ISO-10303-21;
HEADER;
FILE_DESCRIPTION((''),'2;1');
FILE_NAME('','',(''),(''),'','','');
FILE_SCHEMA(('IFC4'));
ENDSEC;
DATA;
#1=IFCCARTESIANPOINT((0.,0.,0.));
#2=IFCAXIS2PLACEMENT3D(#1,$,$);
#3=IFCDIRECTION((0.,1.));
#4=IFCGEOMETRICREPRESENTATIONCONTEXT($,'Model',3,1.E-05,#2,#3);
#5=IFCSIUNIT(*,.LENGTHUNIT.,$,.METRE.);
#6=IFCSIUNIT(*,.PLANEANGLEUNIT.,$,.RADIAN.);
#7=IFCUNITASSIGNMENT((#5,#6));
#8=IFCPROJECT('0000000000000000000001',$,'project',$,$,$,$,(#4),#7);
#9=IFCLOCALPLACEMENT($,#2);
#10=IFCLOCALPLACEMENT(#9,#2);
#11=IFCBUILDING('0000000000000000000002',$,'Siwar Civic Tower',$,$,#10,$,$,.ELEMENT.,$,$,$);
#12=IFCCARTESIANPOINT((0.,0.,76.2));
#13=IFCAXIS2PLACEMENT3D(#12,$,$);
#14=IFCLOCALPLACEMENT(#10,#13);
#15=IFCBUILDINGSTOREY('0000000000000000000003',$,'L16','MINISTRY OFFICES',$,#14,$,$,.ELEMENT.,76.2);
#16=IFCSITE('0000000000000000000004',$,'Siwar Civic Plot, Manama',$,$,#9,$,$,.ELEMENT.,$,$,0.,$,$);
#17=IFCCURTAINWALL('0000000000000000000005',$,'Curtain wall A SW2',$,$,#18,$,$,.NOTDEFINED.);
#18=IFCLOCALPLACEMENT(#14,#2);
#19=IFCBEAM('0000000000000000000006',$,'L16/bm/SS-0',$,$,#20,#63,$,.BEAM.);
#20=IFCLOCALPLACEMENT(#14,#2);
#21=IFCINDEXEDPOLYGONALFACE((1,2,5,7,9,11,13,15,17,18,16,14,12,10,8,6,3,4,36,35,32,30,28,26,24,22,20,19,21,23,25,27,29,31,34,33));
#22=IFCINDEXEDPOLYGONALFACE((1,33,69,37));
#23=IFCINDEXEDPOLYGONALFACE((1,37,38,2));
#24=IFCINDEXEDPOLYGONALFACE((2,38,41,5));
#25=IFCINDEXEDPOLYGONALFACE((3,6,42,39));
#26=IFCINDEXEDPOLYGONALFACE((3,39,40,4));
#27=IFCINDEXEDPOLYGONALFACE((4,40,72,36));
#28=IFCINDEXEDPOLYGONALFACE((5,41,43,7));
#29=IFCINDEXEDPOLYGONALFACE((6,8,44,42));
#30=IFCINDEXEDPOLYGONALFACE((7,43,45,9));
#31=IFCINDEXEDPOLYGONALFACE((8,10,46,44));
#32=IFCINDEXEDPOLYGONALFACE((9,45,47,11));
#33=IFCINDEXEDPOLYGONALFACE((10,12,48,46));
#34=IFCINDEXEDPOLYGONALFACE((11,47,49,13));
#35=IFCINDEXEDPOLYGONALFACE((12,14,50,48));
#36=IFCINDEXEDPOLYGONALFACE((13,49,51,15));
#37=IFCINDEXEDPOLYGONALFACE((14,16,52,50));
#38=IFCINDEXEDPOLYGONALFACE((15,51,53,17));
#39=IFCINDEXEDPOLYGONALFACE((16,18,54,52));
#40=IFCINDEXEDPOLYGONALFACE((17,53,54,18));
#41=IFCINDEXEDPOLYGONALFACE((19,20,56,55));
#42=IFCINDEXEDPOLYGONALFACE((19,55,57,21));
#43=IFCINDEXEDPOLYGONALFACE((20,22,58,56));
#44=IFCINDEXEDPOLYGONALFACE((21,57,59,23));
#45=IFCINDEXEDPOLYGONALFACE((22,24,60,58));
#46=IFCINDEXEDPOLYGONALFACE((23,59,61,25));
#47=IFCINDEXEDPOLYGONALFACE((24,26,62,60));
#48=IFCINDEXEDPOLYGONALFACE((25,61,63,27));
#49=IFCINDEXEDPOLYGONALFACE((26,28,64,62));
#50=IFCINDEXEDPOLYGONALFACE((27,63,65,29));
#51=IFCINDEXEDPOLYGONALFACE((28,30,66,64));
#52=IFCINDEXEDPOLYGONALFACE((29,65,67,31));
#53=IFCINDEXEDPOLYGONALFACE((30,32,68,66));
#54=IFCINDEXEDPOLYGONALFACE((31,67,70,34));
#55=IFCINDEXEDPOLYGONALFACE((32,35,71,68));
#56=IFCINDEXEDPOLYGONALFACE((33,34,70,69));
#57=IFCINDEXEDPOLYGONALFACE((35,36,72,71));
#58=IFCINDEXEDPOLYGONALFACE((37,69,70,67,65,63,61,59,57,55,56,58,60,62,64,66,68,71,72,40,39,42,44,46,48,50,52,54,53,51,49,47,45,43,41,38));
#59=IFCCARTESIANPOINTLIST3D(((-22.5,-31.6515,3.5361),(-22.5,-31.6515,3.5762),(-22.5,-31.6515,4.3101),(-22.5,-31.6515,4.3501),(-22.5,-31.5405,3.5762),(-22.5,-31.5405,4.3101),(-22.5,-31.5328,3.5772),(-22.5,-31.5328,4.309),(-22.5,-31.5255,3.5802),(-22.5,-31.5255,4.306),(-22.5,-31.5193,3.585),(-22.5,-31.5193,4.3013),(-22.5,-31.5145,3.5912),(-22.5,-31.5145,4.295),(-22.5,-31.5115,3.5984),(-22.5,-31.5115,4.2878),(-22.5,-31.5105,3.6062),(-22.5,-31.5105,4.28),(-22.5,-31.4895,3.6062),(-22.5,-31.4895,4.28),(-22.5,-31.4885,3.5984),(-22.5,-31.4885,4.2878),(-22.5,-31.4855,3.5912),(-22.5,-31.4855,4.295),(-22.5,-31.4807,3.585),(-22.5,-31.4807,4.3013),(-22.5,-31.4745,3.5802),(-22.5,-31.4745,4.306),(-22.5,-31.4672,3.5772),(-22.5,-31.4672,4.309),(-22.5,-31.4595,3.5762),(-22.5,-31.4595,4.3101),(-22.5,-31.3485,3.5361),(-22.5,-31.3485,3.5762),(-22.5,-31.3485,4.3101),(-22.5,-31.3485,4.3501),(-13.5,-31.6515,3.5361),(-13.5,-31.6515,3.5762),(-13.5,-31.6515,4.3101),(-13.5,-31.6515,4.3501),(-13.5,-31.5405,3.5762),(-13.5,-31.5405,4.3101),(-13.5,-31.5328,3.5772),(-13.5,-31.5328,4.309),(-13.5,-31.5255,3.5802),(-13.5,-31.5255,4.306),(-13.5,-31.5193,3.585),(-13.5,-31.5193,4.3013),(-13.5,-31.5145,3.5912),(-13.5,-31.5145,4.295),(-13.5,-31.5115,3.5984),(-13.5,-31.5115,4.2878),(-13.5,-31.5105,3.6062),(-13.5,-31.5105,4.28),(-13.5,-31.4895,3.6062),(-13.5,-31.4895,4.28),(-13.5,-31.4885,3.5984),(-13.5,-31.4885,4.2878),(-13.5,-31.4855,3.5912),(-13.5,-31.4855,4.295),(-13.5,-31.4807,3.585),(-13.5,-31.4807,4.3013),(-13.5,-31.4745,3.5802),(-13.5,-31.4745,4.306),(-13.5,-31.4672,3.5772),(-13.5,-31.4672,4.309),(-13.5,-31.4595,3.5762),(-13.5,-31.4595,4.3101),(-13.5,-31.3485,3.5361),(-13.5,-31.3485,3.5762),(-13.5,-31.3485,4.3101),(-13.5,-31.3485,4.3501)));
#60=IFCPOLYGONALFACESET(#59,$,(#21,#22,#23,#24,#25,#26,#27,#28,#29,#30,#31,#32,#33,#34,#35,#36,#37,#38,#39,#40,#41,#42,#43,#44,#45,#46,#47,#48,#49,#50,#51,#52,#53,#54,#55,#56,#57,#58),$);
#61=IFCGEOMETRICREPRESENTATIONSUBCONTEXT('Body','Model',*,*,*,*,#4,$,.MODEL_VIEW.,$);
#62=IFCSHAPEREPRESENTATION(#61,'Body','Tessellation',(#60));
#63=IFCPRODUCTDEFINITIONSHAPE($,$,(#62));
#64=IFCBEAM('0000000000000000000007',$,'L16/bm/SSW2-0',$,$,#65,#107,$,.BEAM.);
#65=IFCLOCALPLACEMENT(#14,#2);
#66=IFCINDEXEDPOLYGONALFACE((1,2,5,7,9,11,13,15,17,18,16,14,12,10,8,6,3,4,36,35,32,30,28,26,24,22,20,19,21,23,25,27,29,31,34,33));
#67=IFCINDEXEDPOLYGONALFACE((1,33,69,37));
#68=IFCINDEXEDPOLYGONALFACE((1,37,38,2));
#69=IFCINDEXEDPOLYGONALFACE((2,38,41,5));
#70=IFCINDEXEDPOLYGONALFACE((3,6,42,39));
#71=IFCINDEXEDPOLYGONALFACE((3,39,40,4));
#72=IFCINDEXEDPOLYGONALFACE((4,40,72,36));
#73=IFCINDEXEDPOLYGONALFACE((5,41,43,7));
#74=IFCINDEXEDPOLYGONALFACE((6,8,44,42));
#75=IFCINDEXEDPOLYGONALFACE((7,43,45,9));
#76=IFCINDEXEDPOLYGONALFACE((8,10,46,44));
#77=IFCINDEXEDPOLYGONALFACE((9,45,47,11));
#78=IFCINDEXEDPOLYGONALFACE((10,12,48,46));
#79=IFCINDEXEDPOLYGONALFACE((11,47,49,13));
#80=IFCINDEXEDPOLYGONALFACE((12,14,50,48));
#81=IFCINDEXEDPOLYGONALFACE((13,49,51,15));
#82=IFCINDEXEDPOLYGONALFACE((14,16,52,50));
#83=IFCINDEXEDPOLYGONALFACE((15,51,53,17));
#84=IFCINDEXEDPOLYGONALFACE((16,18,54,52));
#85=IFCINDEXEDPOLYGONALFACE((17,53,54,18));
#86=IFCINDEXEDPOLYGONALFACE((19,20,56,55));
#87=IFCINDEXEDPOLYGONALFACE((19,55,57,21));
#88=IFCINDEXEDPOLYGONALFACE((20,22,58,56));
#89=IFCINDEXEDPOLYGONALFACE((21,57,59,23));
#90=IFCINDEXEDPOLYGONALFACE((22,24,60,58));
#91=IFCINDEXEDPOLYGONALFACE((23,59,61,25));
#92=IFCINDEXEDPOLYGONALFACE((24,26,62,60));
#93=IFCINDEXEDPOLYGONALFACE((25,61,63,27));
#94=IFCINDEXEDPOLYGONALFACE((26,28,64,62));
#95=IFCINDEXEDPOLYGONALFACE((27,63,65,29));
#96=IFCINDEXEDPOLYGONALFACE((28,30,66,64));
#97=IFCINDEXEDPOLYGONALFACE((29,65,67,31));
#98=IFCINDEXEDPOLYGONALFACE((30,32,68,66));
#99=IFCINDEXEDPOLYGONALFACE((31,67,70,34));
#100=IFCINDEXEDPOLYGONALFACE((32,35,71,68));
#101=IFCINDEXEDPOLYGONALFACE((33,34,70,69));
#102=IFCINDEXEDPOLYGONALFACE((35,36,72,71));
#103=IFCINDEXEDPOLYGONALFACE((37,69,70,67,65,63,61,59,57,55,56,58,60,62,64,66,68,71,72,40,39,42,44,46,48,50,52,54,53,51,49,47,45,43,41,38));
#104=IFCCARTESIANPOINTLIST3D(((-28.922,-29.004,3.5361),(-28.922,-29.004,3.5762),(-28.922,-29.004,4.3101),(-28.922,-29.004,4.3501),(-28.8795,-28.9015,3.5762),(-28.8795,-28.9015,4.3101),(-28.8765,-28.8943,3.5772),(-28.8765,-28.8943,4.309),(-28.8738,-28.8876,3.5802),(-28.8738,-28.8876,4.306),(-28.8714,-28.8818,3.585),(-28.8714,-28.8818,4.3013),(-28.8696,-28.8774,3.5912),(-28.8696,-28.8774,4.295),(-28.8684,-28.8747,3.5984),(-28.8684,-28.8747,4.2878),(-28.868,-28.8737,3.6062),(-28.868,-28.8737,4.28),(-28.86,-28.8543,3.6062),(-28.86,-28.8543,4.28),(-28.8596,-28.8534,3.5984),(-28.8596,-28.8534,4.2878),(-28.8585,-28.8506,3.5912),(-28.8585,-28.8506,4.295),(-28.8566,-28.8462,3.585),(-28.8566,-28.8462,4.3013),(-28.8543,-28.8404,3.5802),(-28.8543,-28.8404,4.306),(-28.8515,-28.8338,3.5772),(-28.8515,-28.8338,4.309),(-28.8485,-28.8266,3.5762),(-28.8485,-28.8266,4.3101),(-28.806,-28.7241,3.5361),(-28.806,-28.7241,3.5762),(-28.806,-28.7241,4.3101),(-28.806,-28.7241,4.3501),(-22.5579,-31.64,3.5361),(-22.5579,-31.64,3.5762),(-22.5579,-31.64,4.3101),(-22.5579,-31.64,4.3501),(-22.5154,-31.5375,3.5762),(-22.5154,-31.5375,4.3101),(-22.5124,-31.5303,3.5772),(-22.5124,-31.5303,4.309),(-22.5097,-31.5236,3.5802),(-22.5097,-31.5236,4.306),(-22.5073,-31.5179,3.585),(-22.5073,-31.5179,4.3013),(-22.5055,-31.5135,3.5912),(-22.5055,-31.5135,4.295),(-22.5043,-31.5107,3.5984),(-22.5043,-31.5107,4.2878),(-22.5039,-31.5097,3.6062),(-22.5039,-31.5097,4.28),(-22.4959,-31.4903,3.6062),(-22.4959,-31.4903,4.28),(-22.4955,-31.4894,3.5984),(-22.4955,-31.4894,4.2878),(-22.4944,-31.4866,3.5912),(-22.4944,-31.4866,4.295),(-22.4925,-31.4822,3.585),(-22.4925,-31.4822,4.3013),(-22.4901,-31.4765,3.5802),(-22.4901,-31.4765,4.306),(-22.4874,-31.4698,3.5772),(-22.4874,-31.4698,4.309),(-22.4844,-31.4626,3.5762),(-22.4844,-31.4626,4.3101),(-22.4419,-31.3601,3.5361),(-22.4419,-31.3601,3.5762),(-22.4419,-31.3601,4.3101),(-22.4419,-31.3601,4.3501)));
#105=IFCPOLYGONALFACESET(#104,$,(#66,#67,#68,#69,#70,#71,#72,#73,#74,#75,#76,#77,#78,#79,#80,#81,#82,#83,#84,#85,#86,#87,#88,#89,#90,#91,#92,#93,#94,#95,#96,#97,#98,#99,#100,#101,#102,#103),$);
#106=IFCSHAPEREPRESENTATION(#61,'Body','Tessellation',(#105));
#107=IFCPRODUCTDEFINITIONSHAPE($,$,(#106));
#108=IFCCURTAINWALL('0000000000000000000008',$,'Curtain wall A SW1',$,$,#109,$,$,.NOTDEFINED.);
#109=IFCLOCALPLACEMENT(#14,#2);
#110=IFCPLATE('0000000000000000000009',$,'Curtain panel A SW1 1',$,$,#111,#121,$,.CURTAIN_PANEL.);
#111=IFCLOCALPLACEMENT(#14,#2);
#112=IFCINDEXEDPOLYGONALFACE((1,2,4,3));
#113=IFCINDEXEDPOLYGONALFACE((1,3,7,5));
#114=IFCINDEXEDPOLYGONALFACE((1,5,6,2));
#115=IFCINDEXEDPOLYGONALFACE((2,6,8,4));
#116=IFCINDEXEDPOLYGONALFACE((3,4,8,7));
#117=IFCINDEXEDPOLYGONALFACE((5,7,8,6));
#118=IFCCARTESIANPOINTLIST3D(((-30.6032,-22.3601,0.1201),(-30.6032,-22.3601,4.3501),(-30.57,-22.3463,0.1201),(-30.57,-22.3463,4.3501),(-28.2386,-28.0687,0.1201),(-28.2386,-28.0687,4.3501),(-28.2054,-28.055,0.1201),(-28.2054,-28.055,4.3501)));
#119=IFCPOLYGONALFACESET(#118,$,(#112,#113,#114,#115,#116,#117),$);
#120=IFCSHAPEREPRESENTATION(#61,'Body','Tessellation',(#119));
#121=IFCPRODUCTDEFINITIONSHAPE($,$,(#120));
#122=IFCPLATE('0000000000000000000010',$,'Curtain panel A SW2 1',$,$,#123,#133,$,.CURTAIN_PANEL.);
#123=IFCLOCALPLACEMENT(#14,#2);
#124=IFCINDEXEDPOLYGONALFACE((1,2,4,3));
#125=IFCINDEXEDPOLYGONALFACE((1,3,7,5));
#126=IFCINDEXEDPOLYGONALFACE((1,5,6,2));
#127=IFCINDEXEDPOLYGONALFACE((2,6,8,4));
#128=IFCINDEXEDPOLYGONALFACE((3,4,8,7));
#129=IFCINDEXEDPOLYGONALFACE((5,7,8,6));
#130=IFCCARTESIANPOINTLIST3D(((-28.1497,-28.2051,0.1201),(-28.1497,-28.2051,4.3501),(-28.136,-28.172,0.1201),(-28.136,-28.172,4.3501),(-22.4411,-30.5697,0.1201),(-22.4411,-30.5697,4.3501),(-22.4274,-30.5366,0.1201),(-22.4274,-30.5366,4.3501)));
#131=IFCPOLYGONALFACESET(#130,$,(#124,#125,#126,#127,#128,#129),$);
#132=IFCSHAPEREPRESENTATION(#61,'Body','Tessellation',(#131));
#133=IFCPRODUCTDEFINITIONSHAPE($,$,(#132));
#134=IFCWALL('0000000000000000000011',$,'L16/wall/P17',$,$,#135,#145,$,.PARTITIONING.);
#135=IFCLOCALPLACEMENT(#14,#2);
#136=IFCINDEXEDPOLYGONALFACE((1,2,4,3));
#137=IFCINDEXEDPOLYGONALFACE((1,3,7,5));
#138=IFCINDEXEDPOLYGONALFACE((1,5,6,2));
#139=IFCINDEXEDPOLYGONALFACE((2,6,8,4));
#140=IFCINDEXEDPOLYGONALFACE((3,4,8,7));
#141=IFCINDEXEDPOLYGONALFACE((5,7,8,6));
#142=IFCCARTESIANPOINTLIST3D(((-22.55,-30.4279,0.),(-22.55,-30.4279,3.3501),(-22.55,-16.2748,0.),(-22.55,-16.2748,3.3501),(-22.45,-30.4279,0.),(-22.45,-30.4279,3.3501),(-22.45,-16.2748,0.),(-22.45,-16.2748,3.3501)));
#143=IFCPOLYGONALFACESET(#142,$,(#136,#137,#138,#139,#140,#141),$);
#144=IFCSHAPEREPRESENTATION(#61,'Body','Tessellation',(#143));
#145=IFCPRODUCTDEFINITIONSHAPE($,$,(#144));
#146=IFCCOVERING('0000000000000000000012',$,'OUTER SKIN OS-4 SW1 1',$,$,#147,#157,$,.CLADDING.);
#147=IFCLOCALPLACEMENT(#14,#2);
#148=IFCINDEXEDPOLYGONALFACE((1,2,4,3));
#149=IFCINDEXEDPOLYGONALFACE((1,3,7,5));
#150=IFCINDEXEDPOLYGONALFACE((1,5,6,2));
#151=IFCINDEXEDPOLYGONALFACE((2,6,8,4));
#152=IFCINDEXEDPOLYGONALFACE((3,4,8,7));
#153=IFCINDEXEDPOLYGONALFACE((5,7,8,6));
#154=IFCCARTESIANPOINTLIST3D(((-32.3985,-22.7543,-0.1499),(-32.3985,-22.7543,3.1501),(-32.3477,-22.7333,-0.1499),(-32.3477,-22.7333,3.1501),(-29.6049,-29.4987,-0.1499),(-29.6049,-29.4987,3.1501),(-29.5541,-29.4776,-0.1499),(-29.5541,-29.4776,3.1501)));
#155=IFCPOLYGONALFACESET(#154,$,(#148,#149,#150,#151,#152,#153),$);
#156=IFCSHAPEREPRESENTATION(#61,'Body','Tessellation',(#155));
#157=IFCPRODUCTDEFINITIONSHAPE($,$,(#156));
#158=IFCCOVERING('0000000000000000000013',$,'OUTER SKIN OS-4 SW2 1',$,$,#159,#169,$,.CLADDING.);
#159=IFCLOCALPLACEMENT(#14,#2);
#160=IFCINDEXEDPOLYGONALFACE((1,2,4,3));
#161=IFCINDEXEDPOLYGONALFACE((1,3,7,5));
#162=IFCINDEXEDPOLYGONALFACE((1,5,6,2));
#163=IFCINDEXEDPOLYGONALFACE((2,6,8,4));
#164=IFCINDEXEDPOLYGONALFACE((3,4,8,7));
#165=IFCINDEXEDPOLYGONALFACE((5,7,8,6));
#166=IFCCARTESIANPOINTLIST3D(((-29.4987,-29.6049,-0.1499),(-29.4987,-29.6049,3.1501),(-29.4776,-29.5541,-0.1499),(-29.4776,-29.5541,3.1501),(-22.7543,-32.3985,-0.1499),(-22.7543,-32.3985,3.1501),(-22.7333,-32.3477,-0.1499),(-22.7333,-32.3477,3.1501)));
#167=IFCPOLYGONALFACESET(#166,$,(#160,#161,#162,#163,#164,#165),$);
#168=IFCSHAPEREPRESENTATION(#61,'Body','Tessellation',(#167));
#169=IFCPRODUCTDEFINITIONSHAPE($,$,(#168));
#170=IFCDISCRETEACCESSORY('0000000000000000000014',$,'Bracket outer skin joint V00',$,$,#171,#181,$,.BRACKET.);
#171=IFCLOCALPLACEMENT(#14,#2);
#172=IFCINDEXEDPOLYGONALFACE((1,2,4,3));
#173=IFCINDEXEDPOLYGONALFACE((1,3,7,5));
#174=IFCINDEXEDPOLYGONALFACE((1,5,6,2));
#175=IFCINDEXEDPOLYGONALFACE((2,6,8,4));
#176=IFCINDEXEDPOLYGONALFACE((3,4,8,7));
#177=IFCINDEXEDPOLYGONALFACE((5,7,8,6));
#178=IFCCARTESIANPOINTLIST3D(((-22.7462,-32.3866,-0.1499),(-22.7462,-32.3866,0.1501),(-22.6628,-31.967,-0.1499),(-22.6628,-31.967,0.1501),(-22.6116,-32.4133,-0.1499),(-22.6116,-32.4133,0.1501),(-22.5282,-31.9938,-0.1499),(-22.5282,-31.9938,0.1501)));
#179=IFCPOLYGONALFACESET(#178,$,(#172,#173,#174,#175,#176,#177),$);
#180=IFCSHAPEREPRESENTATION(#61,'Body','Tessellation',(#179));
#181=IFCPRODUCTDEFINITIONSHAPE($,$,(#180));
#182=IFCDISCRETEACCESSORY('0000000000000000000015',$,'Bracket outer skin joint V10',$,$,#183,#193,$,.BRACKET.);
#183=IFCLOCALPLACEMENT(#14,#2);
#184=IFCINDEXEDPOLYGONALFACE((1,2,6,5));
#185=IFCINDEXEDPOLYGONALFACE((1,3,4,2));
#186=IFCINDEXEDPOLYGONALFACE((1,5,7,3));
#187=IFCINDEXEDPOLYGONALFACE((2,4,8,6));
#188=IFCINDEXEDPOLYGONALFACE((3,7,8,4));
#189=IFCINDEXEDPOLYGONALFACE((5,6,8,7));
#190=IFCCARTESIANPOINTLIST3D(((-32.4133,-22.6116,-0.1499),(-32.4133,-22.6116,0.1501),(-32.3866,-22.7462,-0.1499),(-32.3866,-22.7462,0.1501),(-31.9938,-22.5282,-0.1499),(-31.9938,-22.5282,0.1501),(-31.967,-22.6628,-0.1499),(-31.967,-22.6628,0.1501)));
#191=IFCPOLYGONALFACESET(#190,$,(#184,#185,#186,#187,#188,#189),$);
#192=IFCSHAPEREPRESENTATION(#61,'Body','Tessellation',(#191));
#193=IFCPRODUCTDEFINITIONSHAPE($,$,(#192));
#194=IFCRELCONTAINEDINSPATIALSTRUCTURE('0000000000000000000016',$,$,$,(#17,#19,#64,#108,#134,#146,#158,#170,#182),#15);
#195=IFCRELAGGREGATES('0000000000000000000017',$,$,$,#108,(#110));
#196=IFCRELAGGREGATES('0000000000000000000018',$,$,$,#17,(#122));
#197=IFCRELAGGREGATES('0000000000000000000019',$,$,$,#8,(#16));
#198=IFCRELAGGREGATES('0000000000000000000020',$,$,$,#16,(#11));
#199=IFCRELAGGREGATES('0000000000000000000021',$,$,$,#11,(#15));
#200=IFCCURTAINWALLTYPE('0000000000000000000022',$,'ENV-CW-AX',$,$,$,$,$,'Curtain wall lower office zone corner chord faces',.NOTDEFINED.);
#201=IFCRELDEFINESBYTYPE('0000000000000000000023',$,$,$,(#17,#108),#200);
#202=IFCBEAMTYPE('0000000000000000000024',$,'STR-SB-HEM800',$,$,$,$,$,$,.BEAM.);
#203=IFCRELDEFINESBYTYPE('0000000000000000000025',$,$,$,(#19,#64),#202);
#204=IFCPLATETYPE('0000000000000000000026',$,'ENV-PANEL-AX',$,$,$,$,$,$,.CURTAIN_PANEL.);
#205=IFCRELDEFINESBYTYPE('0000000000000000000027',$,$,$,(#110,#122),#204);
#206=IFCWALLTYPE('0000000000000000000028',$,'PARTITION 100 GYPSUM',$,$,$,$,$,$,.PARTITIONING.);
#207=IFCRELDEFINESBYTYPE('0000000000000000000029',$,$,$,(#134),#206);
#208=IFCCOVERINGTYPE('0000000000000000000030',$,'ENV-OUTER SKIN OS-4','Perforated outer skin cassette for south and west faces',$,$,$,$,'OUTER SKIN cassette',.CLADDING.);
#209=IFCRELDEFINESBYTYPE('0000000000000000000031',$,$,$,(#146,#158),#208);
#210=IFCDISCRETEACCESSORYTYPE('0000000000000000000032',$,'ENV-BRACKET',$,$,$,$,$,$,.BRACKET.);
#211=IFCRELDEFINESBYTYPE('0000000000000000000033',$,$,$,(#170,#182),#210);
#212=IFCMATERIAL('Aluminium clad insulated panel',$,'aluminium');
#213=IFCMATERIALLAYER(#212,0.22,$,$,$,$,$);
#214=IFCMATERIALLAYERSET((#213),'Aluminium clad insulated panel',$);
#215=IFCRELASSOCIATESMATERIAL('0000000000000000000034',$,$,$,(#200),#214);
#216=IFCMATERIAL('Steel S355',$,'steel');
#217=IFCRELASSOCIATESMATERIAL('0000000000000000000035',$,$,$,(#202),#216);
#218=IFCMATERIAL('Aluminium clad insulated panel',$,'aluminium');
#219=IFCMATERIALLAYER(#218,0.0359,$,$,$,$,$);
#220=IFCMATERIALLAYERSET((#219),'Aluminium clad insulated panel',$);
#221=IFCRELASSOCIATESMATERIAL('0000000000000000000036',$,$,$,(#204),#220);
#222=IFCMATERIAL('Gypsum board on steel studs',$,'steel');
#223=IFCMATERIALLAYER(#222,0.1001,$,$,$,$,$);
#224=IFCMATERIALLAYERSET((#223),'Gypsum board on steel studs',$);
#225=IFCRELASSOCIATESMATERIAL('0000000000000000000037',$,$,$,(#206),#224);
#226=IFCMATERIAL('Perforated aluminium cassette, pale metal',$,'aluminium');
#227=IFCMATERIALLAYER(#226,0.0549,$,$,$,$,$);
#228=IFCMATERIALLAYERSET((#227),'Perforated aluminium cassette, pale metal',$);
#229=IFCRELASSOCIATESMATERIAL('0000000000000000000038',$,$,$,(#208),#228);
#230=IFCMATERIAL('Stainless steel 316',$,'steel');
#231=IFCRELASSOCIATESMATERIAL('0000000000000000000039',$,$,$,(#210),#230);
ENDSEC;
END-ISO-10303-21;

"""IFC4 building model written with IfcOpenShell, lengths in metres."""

from ifc_helpers import new_model, si_unit, direction, frame, frame_2d, origin, origin_2d, place, context, subcontext, project, spatial, rectangle, i_section, extrude, material, layer, layer_set, material_profile, profile_set, type_object, element, aggregate, save


model = new_model("IFC4")

# Units and contexts
model_context = context("Model", 3, precision=1e-05, world=origin(), true_north=direction((0.0, 1.0)))
body_context = subcontext(model_context, "Body", "Model", "MODEL_VIEW")
ifc_project = project(units=[si_unit("LENGTHUNIT", "METRE"), si_unit("PLANEANGLEUNIT", "RADIAN")], contexts=[model_context])

# Site, building, storey
site_placement = place(None, origin())
site = spatial("IfcSite", under=ifc_project, at=site_placement, Name="Siwar Civic Plot, Manama", CompositionType="ELEMENT", RefElevation=0.0)
building_placement = place(site_placement, origin())
building = spatial("IfcBuilding", under=site, at=building_placement, Name="Siwar Civic Tower", CompositionType="ELEMENT")
storey_placement = place(building_placement, frame((0.0, 0.0, 76.2)))
storey = spatial("IfcBuildingStorey", under=building, at=storey_placement, Name="L16", Description="MINISTRY OFFICES", CompositionType="ELEMENT", Elevation=76.2)

# Curtain wall
ifc_material_1 = material(Name="Aluminium clad insulated panel", Category="aluminium")
ifc_layer_1 = layer(ifc_material_1, 0.22)
ifc_layer_set_1 = layer_set([ifc_layer_1], Name="Aluminium clad insulated panel")
curtain_wall_type_1 = type_object("IfcCurtainWallType", Name="ENV-CW-AX", ElementType="Curtain wall lower office zone corner chord faces", PredefinedType="NOTDEFINED", material=ifc_layer_set_1)
curtain_wall_1_placement = place(storey_placement, origin())
curtain_wall_1 = element("IfcCurtainWall", 1, at=curtain_wall_1_placement, inside=storey, type_object=curtain_wall_type_1, Name="Curtain wall A SW2", PredefinedType="NOTDEFINED")

# Beams
ifc_material_2 = material(Name="Steel S355", Category="steel")
ifc_material_profile_1 = material_profile(ifc_material_2, i_section(OverallWidth=0.303, OverallDepth=0.814, WebThickness=0.021, FlangeThickness=0.04, FilletRadius=0.03, at=origin_2d()), Name="HEM800")
ifc_profile_set_1 = profile_set([ifc_material_profile_1], Name="Steel S355")
beam_type_1 = type_object("IfcBeamType", Name="STR-SB-HEM800", PredefinedType="BEAM", material=ifc_profile_set_1)
beam_1_placement = place(storey_placement, frame((-22.5, -31.5, 3.9431), z_axis=(1.0, 0.0, 0.0), x_axis=(0.0, 1.0, 0.0)))
element("IfcBeam", 2, at=beam_1_placement, inside=storey, type_object=beam_type_1, Name="L16/bm/SS-0", PredefinedType="BEAM", context=body_context, shape_type="SweptSolid", body=[
    extrude(i_section(OverallWidth=0.303, OverallDepth=0.814, WebThickness=0.021, FlangeThickness=0.04, FilletRadius=0.03, at=origin_2d()), origin(), (0.0, 0.0, 1.0), 9.0),
])
beam_2_placement = place(storey_placement, frame((-28.864, -28.864, 3.9431), z_axis=(0.923883, -0.382674, 0.0), x_axis=(0.382674, 0.923883, 0.0)))
element("IfcBeam", 3, at=beam_2_placement, inside=storey, type_object=beam_type_1, Name="L16/bm/SSW2-0", PredefinedType="BEAM", context=body_context, shape_type="SweptSolid", body=[
    extrude(i_section(OverallWidth=0.303, OverallDepth=0.814, WebThickness=0.021, FlangeThickness=0.04, FilletRadius=0.03, at=origin_2d()), origin(), (0.0, 0.0, 1.0), 6.8884),
])

# Curtain wall, plate
curtain_wall_2_placement = place(storey_placement, origin())
curtain_wall_2 = element("IfcCurtainWall", 4, at=curtain_wall_2_placement, inside=storey, type_object=curtain_wall_type_1, Name="Curtain wall A SW1", PredefinedType="NOTDEFINED")
ifc_material_3 = material(Name="Aluminium clad insulated panel", Category="aluminium")
ifc_layer_2 = layer(ifc_material_3, 0.0359)
ifc_layer_set_2 = layer_set([ifc_layer_2], Name="Aluminium clad insulated panel")
plate_type = type_object("IfcPlateType", Name="ENV-PANEL-AX", PredefinedType="CURTAIN_PANEL", material=ifc_layer_set_2)
plate_1_placement = place(storey_placement, frame((-29.4043, -25.2075, 0.1201), z_axis=(0.0, 0.0, 1.0), x_axis=(0.382683, -0.92388, 0.0)))
plate_1 = element("IfcPlate", 5, at=plate_1_placement, type_object=plate_type, Name="Curtain panel A SW1 1", PredefinedType="CURTAIN_PANEL", context=body_context, shape_type="SweptSolid", body=[
    extrude(rectangle(XDim=6.179, YDim=0.0359, at=origin_2d()), origin(), (0.0, 0.0, 1.0), 4.23),
])
aggregate(curtain_wall_2, [plate_1])

# Plate
plate_2_placement = place(storey_placement, frame((-25.2886, -29.3708, 0.1201), z_axis=(0.0, 0.0, 1.0), x_axis=(0.92388, -0.382683, 0.0)))
plate_2 = element("IfcPlate", 6, at=plate_2_placement, type_object=plate_type, Name="Curtain panel A SW2 1", PredefinedType="CURTAIN_PANEL", context=body_context, shape_type="SweptSolid", body=[
    extrude(rectangle(XDim=6.179, YDim=0.0359, at=origin_2d()), origin(), (0.0, 0.0, 1.0), 4.23),
])
aggregate(curtain_wall_1, [plate_2])

# Wall
ifc_material_4 = material(Name="Gypsum board on steel studs", Category="steel")
ifc_layer_3 = layer(ifc_material_4, 0.1001)
ifc_layer_set_3 = layer_set([ifc_layer_3], Name="Gypsum board on steel studs")
wall_type = type_object("IfcWallType", Name="PARTITION 100 GYPSUM", PredefinedType="PARTITIONING", material=ifc_layer_set_3)
wall_placement = place(storey_placement, frame((-22.5, -30.428, 0.0), z_axis=(0.0, 0.0, 1.0), x_axis=(0.0, 1.0, 0.0)))
element("IfcWall", 7, at=wall_placement, inside=storey, type_object=wall_type, Name="L16/wall/P17", PredefinedType="PARTITIONING", context=body_context, shape_type="SweptSolid", body=[
    extrude(rectangle(XDim=14.1531, YDim=0.1001, at=frame_2d((7.0767, 0.0))), origin(), (0.0, 0.0, 1.0), 3.3501),
])

# Coverings
ifc_material_5 = material(Name="Perforated aluminium cassette, pale metal", Category="aluminium")
ifc_layer_4 = layer(ifc_material_5, 0.0549)
ifc_layer_set_4 = layer_set([ifc_layer_4], Name="Perforated aluminium cassette, pale metal")
covering_type = type_object("IfcCoveringType", Name="ENV-OUTER SKIN OS-4", Description="Perforated outer skin cassette for south and west faces", ElementType="OUTER SKIN cassette", PredefinedType="CLADDING", material=ifc_layer_set_4)
for number, where, z_axis, x_axis, name in (
    (8, (-30.9763, -26.116, -0.1499), (0.0, 0.0, 1.0), (0.382683, -0.92388, 0.0), "OUTER SKIN OS-4 SW1 1"),
    (9, (-26.116, -30.9763, -0.1499), (0.0, 0.0, 1.0), (0.92388, -0.382683, 0.0), "OUTER SKIN OS-4 SW2 1"),
):
    element("IfcCovering", number, at=place(storey_placement, frame(where, z_axis=z_axis, x_axis=x_axis)), inside=storey, type_object=covering_type, Name=name, PredefinedType="CLADDING", context=body_context, shape_type="SweptSolid", body=[
        extrude(rectangle(XDim=7.3, YDim=0.0549, at=origin_2d()), origin(), (0.0, 0.0, 1.0), 3.3),
    ])

# Discrete accessories
ifc_material_6 = material(Name="Stainless steel 316", Category="steel")
discrete_accessory_type = type_object("IfcDiscreteAccessoryType", Name="ENV-BRACKET", PredefinedType="BRACKET", material=ifc_material_6)
for number, where, z_axis, x_axis, name in (
    (10, (-22.6372, -32.1902, -0.1499), (0.0, 0.0, 1.0), (-0.19509, -0.980785, 0.0), "Bracket outer skin joint V00"),
    (11, (-32.1902, -22.6372, -0.1499), (0.0, 0.0, 1.0), (-0.980785, -0.19509, 0.0), "Bracket outer skin joint V10"),
):
    element("IfcDiscreteAccessory", number, at=place(storey_placement, frame(where, z_axis=z_axis, x_axis=x_axis)), inside=storey, type_object=discrete_accessory_type, Name=name, PredefinedType="BRACKET", context=body_context, shape_type="SweptSolid", body=[
        extrude(rectangle(XDim=0.4277, YDim=0.1372, at=origin_2d()), origin(), (0.0, 0.0, 1.0), 0.3),
    ])

save(model, "model.ifc")
